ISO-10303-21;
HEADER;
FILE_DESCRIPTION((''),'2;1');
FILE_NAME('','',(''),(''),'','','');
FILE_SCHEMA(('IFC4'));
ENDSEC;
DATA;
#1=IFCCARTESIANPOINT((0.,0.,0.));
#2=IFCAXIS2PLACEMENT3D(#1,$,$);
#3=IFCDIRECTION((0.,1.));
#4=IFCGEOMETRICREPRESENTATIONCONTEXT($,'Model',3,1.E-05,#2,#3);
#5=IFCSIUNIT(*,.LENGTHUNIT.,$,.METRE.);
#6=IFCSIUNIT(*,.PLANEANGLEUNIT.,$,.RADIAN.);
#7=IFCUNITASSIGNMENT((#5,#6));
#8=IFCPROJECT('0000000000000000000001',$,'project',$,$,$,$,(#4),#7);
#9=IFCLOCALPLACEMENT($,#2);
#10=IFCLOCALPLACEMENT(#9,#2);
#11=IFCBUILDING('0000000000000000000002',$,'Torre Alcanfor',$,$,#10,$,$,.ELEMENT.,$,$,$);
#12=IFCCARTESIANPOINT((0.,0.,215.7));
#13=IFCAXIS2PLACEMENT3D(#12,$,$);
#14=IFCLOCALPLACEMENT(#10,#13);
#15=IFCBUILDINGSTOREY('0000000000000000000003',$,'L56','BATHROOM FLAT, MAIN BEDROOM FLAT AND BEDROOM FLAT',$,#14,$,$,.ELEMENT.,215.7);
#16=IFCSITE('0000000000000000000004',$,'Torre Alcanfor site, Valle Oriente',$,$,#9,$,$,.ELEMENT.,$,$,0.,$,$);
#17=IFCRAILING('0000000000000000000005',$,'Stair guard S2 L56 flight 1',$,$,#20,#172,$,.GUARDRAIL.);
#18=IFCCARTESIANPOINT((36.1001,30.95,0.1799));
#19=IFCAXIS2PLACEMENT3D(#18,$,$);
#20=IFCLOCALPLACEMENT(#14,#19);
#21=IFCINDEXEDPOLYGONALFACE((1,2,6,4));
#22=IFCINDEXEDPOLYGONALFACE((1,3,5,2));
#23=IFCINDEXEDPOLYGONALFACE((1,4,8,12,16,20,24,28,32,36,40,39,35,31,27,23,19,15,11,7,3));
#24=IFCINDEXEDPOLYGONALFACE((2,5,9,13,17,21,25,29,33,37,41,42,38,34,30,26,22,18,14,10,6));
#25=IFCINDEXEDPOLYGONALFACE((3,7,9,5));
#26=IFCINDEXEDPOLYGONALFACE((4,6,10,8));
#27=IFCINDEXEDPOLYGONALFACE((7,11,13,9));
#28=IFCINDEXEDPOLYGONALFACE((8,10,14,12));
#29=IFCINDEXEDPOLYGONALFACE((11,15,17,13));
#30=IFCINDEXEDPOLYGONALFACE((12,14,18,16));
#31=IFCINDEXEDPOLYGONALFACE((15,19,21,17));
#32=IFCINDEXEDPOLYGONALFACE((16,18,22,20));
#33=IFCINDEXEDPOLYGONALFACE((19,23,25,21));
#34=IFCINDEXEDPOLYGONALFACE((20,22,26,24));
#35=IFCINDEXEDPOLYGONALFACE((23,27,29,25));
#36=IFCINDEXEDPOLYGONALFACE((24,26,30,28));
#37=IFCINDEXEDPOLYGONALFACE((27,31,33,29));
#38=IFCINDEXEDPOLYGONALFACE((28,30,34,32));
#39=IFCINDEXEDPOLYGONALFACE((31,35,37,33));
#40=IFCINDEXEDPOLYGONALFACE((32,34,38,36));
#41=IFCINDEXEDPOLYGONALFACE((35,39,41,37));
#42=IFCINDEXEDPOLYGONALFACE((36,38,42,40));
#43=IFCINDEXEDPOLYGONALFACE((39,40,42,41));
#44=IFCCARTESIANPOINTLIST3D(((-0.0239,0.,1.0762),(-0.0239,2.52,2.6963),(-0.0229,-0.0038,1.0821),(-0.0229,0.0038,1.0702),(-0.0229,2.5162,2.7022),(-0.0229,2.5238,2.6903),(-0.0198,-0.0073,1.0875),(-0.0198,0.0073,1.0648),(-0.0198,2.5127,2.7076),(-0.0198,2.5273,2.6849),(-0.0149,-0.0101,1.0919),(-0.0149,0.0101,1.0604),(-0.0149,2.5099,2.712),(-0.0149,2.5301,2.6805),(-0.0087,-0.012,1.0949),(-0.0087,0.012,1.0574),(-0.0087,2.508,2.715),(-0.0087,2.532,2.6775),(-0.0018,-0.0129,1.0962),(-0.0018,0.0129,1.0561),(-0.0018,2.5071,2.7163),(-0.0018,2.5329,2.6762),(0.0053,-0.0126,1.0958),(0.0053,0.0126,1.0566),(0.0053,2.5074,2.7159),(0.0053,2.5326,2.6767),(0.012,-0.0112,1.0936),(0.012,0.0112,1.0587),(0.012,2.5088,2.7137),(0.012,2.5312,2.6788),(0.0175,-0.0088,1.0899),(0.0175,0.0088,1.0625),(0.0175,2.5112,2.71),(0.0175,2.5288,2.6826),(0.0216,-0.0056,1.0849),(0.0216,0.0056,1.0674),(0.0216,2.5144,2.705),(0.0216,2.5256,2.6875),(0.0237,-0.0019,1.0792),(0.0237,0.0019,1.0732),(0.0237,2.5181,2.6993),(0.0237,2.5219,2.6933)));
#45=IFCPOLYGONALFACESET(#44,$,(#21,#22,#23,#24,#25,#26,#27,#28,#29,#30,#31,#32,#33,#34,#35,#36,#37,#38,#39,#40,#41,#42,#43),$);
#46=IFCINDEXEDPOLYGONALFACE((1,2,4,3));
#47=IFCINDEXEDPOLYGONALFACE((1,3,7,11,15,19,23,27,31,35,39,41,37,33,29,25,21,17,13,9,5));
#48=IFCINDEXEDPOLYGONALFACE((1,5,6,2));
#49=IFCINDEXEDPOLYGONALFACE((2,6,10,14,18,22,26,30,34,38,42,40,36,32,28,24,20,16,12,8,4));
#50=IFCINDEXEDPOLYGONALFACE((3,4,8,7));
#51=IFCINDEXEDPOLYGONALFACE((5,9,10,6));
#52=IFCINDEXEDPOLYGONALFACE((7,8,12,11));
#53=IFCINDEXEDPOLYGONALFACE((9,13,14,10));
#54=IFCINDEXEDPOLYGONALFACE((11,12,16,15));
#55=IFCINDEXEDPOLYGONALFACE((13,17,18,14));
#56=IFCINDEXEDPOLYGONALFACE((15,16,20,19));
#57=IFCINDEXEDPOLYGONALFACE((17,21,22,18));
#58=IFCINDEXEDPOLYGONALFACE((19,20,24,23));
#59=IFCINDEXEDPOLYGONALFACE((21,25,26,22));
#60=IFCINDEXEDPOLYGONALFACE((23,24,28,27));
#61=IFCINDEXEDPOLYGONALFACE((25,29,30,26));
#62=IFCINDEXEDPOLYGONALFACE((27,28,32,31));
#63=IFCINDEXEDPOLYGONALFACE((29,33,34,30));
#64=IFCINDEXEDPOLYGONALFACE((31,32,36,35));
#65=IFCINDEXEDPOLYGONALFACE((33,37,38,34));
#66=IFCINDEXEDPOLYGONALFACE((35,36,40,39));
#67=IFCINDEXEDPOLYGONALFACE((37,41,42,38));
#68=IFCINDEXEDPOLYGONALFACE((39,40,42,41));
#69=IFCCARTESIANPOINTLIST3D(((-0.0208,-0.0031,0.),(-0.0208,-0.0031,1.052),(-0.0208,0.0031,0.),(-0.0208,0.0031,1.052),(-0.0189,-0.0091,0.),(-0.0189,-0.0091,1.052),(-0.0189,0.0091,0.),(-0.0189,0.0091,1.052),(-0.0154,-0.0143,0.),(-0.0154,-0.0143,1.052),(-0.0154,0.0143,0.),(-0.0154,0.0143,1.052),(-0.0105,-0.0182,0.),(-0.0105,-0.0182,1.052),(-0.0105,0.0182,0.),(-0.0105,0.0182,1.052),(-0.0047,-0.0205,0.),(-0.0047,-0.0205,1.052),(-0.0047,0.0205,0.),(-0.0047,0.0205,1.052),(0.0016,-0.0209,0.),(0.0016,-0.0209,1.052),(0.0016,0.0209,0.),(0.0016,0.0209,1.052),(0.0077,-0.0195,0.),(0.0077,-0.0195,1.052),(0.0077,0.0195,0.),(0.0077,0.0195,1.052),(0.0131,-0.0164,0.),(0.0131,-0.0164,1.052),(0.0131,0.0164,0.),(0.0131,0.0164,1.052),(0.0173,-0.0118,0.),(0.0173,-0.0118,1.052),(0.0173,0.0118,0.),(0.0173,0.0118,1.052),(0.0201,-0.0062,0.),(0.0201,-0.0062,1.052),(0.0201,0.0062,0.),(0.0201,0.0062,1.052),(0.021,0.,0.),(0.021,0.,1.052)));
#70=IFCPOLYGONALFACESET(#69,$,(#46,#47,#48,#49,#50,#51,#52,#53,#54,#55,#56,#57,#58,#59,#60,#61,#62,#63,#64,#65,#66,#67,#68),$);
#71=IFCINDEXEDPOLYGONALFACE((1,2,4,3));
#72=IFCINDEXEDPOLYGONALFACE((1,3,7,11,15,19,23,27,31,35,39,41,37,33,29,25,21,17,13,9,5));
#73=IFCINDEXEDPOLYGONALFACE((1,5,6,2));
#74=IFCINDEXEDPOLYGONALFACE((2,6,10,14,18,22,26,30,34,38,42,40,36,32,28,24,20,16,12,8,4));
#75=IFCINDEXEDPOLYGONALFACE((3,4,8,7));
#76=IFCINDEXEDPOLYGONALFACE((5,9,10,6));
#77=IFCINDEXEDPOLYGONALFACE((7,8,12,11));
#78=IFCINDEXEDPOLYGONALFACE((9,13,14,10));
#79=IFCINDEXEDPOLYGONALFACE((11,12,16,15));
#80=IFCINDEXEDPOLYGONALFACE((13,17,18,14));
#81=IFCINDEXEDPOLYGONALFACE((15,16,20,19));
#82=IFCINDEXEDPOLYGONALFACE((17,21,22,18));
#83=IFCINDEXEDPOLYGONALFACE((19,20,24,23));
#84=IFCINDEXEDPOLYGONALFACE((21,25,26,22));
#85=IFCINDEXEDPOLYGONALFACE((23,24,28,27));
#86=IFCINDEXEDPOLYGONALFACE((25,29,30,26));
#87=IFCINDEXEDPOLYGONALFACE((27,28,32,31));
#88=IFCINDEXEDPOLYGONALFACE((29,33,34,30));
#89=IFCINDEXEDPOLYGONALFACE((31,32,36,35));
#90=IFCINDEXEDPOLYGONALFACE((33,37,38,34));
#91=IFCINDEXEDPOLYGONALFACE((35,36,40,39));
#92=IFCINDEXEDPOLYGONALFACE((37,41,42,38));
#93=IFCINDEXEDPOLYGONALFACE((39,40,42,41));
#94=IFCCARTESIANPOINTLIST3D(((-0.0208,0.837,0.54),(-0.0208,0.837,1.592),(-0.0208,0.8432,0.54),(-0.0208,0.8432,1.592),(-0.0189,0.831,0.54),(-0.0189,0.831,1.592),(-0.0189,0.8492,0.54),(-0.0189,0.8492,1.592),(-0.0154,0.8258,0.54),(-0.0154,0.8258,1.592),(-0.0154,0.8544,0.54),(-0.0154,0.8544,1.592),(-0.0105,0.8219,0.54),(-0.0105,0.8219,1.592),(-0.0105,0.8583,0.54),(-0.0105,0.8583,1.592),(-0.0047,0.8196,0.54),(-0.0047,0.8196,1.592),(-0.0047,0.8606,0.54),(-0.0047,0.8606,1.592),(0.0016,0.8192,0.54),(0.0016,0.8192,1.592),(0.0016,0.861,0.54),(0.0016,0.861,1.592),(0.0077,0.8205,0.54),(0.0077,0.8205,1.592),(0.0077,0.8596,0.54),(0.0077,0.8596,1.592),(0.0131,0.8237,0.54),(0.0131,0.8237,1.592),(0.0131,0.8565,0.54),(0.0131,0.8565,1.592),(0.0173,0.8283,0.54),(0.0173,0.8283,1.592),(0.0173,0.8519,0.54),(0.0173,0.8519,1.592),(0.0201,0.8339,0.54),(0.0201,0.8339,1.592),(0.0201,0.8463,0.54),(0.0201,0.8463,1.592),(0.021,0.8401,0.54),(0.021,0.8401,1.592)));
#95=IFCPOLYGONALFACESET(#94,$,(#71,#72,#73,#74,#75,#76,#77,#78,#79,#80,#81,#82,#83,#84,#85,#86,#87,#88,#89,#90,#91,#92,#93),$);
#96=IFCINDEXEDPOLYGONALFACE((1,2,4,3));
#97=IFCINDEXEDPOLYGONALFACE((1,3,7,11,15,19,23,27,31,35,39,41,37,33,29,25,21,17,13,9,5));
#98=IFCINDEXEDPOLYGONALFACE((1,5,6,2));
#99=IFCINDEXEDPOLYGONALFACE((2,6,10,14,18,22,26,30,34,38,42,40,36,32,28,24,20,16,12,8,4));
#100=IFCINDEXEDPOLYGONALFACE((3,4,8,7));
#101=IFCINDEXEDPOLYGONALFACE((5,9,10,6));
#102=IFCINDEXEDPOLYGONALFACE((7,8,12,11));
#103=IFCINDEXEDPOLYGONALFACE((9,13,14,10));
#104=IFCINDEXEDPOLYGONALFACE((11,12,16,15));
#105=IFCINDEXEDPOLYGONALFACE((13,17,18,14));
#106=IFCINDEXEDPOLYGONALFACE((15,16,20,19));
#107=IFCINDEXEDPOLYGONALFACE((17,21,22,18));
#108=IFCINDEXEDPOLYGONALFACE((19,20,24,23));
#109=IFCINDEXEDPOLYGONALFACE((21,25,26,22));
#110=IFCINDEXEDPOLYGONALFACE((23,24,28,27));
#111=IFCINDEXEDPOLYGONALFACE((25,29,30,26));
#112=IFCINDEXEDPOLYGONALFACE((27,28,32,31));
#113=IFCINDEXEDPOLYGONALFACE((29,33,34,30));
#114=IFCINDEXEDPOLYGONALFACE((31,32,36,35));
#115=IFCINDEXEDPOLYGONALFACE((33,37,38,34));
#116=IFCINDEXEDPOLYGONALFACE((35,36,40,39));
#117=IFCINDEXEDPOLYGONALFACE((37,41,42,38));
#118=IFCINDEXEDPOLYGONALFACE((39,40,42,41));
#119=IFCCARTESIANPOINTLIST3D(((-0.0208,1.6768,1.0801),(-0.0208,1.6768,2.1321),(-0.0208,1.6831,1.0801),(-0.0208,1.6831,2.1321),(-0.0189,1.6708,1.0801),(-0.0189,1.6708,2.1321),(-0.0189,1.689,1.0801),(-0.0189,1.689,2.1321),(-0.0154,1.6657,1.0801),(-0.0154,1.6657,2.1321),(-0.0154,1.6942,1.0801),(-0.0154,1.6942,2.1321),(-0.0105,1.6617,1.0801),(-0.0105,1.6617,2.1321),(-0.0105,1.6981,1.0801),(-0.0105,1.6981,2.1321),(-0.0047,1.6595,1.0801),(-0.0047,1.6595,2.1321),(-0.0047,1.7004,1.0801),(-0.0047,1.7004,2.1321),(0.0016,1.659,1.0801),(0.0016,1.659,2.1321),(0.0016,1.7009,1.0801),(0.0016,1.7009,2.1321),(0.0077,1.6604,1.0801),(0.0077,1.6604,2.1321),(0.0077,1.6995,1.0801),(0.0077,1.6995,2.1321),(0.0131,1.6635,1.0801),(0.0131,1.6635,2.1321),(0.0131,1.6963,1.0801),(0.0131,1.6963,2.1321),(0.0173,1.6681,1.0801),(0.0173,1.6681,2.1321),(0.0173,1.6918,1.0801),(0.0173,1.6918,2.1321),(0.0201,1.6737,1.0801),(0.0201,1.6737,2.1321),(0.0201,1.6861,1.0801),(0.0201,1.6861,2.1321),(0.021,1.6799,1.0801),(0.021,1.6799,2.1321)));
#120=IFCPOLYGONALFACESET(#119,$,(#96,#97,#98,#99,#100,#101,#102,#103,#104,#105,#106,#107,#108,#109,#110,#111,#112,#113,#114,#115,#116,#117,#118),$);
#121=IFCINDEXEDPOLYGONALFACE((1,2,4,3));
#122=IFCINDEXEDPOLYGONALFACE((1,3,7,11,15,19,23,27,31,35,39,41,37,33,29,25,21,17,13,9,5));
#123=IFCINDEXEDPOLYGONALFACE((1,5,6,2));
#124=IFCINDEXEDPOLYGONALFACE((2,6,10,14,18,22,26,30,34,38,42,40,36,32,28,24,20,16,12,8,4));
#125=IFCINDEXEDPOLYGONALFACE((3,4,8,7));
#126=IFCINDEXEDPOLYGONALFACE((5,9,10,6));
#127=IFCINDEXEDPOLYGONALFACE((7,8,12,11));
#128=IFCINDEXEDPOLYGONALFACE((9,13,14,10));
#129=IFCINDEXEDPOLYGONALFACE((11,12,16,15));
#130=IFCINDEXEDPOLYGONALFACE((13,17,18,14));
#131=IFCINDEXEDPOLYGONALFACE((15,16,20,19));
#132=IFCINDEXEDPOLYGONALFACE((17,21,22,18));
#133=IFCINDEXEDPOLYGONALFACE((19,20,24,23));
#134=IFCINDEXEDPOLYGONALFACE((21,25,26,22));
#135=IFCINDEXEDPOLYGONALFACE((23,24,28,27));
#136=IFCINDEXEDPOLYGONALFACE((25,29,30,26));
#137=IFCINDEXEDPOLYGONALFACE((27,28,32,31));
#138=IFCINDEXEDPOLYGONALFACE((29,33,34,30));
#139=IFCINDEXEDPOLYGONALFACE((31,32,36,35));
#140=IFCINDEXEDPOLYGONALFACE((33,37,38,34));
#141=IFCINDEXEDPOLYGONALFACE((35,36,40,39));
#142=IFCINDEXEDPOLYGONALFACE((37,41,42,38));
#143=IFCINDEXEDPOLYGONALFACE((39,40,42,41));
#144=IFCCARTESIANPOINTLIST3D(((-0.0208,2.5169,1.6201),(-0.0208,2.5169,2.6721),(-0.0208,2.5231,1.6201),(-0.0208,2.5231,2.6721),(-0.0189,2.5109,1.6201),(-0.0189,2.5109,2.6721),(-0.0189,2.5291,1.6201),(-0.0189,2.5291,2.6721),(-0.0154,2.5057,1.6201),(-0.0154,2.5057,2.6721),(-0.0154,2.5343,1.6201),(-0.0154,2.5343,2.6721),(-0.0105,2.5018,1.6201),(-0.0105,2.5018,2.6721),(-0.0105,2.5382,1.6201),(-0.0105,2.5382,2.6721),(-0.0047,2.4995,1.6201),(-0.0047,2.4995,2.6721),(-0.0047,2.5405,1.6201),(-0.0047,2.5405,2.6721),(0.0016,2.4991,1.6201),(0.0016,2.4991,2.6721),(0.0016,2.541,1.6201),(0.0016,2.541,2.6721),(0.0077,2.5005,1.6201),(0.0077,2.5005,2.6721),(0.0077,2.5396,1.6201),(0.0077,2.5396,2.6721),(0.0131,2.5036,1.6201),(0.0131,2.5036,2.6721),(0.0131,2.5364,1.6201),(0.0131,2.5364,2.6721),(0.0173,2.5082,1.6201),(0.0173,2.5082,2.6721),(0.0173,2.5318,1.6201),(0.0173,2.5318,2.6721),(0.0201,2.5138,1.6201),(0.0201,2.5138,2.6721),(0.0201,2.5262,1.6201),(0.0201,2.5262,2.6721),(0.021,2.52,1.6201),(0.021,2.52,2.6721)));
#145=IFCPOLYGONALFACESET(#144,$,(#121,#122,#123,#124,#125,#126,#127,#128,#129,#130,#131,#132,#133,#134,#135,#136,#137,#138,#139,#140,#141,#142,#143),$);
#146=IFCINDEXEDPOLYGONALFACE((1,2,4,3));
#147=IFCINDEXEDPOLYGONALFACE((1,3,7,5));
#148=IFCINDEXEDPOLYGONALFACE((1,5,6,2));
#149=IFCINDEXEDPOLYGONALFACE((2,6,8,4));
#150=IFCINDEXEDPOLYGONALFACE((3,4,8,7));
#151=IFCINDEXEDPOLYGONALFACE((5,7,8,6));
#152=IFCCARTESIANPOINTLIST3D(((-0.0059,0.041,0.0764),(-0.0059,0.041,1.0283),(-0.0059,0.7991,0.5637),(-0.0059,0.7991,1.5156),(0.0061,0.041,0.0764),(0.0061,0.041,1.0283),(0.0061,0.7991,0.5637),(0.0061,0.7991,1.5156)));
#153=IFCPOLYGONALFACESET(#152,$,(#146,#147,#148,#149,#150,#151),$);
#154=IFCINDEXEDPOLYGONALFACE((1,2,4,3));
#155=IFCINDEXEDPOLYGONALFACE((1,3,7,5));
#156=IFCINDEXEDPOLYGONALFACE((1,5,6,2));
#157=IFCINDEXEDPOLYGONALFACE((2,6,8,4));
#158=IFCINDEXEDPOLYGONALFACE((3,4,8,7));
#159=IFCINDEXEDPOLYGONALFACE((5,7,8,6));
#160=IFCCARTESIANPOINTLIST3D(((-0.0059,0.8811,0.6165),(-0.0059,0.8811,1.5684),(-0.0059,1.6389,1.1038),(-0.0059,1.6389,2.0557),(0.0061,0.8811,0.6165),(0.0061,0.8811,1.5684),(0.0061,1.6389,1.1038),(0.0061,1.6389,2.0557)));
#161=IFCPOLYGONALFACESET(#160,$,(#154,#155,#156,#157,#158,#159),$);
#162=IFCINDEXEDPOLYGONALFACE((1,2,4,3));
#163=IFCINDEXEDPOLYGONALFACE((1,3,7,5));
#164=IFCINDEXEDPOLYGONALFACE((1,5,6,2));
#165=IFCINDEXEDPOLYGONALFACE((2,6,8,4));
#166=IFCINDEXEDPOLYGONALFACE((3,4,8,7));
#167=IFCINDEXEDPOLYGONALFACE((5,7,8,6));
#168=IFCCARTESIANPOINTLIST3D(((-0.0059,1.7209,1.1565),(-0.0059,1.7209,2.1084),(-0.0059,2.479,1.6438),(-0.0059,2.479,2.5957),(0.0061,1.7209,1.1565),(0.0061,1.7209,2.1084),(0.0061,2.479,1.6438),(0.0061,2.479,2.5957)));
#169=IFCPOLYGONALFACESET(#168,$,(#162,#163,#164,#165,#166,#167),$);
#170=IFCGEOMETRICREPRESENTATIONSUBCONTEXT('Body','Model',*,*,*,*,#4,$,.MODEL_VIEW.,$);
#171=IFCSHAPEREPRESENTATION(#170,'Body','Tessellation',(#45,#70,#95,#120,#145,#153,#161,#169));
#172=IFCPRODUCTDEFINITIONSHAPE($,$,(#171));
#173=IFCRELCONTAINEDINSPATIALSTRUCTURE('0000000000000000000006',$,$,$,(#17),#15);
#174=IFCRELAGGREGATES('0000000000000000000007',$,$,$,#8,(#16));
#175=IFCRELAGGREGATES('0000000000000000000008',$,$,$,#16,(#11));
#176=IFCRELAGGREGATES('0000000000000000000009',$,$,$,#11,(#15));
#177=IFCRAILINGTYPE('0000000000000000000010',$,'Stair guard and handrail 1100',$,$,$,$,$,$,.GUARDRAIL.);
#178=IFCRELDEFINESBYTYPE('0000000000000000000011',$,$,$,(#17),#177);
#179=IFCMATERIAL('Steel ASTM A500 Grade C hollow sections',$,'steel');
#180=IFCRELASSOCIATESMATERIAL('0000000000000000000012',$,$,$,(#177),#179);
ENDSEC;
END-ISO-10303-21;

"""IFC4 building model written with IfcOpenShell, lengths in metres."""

from ifc_helpers import new_model, si_unit, direction, frame, origin, origin_2d, place, context, subcontext, project, spatial, polyline, circle, outline, extrude, material, type_object, element, save


model = new_model("IFC4")

# Units and contexts
model_context = context("Model", 3, precision=1e-05, world=origin(), true_north=direction((0.0, 1.0)))
body_context = subcontext(model_context, "Body", "Model", "MODEL_VIEW")
ifc_project = project(units=[si_unit("LENGTHUNIT", "METRE"), si_unit("PLANEANGLEUNIT", "RADIAN")], contexts=[model_context])

# Site, building, storey
site_placement = place(None, origin())
site = spatial("IfcSite", under=ifc_project, at=site_placement, Name="Torre Alcanfor site, Valle Oriente", CompositionType="ELEMENT", RefElevation=0.0)
building_placement = place(site_placement, origin())
building = spatial("IfcBuilding", under=site, at=building_placement, Name="Torre Alcanfor", CompositionType="ELEMENT")
storey_placement = place(building_placement, frame((0.0, 0.0, 215.7)))
storey = spatial("IfcBuildingStorey", under=building, at=storey_placement, Name="L56", Description="BATHROOM FLAT, MAIN BEDROOM FLAT AND BEDROOM FLAT", CompositionType="ELEMENT", Elevation=215.7)

# Railing
ifc_material_1 = material(Name="Steel ASTM A500 Grade C hollow sections", Category="steel")
railing_type_1 = type_object("IfcRailingType", Name="Stair guard and handrail 1100", PredefinedType="GUARDRAIL", material=ifc_material_1)
railing_1_placement = place(storey_placement, frame((36.1001, 30.95, 0.1799)))
element("IfcRailing", 1, at=railing_1_placement, inside=storey, type_object=railing_type_1, Name="Stair guard S2 L56 flight 1", PredefinedType="GUARDRAIL", context=body_context, shape_type="SweptSolid", body=[
    extrude(circle(Radius=0.0239, at=origin_2d()), frame((0.0, 0.0, 1.0762), z_axis=(0.0, 0.841163, 0.540782), x_axis=(-1.0, 0.0, 0.0)), (0.0, 0.0, 1.0), 2.9958),
    extrude(circle(Radius=0.021, at=origin_2d()), origin(), (0.0, 0.0, 1.0), 1.052),
    extrude(circle(Radius=0.021, at=origin_2d()), frame((0.0, 0.8401, 0.54)), (0.0, 0.0, 1.0), 1.052),
    extrude(circle(Radius=0.021, at=origin_2d()), frame((0.0, 1.6799, 1.0801)), (0.0, 0.0, 1.0), 1.052),
    extrude(circle(Radius=0.021, at=origin_2d()), frame((0.0, 2.52, 1.6201)), (0.0, 0.0, 1.0), 1.052),
    extrude(outline(polyline([(0.041, 0.0764), (0.7991, 0.5637), (0.7991, 1.5156), (0.041, 1.0283), (0.041, 0.0764)])), frame((-0.0059, 0.0, 0.0), z_axis=(1.0, 0.0, 0.0), x_axis=(0.0, 1.0, 0.0)), (0.0, 0.0, 1.0), 0.012),
    extrude(outline(polyline([(0.8811, 0.6165), (1.6389, 1.1038), (1.6389, 2.0557), (0.8811, 1.5684), (0.8811, 0.6165)])), frame((-0.0059, 0.0, 0.0), z_axis=(1.0, 0.0, 0.0), x_axis=(0.0, 1.0, 0.0)), (0.0, 0.0, 1.0), 0.012),
    extrude(outline(polyline([(1.7209, 1.1565), (2.479, 1.6438), (2.479, 2.5957), (1.7209, 2.1084), (1.7209, 1.1565)])), frame((-0.0059, 0.0, 0.0), z_axis=(1.0, 0.0, 0.0), x_axis=(0.0, 1.0, 0.0)), (0.0, 0.0, 1.0), 0.012),
])

save(model, "model.ifc")
